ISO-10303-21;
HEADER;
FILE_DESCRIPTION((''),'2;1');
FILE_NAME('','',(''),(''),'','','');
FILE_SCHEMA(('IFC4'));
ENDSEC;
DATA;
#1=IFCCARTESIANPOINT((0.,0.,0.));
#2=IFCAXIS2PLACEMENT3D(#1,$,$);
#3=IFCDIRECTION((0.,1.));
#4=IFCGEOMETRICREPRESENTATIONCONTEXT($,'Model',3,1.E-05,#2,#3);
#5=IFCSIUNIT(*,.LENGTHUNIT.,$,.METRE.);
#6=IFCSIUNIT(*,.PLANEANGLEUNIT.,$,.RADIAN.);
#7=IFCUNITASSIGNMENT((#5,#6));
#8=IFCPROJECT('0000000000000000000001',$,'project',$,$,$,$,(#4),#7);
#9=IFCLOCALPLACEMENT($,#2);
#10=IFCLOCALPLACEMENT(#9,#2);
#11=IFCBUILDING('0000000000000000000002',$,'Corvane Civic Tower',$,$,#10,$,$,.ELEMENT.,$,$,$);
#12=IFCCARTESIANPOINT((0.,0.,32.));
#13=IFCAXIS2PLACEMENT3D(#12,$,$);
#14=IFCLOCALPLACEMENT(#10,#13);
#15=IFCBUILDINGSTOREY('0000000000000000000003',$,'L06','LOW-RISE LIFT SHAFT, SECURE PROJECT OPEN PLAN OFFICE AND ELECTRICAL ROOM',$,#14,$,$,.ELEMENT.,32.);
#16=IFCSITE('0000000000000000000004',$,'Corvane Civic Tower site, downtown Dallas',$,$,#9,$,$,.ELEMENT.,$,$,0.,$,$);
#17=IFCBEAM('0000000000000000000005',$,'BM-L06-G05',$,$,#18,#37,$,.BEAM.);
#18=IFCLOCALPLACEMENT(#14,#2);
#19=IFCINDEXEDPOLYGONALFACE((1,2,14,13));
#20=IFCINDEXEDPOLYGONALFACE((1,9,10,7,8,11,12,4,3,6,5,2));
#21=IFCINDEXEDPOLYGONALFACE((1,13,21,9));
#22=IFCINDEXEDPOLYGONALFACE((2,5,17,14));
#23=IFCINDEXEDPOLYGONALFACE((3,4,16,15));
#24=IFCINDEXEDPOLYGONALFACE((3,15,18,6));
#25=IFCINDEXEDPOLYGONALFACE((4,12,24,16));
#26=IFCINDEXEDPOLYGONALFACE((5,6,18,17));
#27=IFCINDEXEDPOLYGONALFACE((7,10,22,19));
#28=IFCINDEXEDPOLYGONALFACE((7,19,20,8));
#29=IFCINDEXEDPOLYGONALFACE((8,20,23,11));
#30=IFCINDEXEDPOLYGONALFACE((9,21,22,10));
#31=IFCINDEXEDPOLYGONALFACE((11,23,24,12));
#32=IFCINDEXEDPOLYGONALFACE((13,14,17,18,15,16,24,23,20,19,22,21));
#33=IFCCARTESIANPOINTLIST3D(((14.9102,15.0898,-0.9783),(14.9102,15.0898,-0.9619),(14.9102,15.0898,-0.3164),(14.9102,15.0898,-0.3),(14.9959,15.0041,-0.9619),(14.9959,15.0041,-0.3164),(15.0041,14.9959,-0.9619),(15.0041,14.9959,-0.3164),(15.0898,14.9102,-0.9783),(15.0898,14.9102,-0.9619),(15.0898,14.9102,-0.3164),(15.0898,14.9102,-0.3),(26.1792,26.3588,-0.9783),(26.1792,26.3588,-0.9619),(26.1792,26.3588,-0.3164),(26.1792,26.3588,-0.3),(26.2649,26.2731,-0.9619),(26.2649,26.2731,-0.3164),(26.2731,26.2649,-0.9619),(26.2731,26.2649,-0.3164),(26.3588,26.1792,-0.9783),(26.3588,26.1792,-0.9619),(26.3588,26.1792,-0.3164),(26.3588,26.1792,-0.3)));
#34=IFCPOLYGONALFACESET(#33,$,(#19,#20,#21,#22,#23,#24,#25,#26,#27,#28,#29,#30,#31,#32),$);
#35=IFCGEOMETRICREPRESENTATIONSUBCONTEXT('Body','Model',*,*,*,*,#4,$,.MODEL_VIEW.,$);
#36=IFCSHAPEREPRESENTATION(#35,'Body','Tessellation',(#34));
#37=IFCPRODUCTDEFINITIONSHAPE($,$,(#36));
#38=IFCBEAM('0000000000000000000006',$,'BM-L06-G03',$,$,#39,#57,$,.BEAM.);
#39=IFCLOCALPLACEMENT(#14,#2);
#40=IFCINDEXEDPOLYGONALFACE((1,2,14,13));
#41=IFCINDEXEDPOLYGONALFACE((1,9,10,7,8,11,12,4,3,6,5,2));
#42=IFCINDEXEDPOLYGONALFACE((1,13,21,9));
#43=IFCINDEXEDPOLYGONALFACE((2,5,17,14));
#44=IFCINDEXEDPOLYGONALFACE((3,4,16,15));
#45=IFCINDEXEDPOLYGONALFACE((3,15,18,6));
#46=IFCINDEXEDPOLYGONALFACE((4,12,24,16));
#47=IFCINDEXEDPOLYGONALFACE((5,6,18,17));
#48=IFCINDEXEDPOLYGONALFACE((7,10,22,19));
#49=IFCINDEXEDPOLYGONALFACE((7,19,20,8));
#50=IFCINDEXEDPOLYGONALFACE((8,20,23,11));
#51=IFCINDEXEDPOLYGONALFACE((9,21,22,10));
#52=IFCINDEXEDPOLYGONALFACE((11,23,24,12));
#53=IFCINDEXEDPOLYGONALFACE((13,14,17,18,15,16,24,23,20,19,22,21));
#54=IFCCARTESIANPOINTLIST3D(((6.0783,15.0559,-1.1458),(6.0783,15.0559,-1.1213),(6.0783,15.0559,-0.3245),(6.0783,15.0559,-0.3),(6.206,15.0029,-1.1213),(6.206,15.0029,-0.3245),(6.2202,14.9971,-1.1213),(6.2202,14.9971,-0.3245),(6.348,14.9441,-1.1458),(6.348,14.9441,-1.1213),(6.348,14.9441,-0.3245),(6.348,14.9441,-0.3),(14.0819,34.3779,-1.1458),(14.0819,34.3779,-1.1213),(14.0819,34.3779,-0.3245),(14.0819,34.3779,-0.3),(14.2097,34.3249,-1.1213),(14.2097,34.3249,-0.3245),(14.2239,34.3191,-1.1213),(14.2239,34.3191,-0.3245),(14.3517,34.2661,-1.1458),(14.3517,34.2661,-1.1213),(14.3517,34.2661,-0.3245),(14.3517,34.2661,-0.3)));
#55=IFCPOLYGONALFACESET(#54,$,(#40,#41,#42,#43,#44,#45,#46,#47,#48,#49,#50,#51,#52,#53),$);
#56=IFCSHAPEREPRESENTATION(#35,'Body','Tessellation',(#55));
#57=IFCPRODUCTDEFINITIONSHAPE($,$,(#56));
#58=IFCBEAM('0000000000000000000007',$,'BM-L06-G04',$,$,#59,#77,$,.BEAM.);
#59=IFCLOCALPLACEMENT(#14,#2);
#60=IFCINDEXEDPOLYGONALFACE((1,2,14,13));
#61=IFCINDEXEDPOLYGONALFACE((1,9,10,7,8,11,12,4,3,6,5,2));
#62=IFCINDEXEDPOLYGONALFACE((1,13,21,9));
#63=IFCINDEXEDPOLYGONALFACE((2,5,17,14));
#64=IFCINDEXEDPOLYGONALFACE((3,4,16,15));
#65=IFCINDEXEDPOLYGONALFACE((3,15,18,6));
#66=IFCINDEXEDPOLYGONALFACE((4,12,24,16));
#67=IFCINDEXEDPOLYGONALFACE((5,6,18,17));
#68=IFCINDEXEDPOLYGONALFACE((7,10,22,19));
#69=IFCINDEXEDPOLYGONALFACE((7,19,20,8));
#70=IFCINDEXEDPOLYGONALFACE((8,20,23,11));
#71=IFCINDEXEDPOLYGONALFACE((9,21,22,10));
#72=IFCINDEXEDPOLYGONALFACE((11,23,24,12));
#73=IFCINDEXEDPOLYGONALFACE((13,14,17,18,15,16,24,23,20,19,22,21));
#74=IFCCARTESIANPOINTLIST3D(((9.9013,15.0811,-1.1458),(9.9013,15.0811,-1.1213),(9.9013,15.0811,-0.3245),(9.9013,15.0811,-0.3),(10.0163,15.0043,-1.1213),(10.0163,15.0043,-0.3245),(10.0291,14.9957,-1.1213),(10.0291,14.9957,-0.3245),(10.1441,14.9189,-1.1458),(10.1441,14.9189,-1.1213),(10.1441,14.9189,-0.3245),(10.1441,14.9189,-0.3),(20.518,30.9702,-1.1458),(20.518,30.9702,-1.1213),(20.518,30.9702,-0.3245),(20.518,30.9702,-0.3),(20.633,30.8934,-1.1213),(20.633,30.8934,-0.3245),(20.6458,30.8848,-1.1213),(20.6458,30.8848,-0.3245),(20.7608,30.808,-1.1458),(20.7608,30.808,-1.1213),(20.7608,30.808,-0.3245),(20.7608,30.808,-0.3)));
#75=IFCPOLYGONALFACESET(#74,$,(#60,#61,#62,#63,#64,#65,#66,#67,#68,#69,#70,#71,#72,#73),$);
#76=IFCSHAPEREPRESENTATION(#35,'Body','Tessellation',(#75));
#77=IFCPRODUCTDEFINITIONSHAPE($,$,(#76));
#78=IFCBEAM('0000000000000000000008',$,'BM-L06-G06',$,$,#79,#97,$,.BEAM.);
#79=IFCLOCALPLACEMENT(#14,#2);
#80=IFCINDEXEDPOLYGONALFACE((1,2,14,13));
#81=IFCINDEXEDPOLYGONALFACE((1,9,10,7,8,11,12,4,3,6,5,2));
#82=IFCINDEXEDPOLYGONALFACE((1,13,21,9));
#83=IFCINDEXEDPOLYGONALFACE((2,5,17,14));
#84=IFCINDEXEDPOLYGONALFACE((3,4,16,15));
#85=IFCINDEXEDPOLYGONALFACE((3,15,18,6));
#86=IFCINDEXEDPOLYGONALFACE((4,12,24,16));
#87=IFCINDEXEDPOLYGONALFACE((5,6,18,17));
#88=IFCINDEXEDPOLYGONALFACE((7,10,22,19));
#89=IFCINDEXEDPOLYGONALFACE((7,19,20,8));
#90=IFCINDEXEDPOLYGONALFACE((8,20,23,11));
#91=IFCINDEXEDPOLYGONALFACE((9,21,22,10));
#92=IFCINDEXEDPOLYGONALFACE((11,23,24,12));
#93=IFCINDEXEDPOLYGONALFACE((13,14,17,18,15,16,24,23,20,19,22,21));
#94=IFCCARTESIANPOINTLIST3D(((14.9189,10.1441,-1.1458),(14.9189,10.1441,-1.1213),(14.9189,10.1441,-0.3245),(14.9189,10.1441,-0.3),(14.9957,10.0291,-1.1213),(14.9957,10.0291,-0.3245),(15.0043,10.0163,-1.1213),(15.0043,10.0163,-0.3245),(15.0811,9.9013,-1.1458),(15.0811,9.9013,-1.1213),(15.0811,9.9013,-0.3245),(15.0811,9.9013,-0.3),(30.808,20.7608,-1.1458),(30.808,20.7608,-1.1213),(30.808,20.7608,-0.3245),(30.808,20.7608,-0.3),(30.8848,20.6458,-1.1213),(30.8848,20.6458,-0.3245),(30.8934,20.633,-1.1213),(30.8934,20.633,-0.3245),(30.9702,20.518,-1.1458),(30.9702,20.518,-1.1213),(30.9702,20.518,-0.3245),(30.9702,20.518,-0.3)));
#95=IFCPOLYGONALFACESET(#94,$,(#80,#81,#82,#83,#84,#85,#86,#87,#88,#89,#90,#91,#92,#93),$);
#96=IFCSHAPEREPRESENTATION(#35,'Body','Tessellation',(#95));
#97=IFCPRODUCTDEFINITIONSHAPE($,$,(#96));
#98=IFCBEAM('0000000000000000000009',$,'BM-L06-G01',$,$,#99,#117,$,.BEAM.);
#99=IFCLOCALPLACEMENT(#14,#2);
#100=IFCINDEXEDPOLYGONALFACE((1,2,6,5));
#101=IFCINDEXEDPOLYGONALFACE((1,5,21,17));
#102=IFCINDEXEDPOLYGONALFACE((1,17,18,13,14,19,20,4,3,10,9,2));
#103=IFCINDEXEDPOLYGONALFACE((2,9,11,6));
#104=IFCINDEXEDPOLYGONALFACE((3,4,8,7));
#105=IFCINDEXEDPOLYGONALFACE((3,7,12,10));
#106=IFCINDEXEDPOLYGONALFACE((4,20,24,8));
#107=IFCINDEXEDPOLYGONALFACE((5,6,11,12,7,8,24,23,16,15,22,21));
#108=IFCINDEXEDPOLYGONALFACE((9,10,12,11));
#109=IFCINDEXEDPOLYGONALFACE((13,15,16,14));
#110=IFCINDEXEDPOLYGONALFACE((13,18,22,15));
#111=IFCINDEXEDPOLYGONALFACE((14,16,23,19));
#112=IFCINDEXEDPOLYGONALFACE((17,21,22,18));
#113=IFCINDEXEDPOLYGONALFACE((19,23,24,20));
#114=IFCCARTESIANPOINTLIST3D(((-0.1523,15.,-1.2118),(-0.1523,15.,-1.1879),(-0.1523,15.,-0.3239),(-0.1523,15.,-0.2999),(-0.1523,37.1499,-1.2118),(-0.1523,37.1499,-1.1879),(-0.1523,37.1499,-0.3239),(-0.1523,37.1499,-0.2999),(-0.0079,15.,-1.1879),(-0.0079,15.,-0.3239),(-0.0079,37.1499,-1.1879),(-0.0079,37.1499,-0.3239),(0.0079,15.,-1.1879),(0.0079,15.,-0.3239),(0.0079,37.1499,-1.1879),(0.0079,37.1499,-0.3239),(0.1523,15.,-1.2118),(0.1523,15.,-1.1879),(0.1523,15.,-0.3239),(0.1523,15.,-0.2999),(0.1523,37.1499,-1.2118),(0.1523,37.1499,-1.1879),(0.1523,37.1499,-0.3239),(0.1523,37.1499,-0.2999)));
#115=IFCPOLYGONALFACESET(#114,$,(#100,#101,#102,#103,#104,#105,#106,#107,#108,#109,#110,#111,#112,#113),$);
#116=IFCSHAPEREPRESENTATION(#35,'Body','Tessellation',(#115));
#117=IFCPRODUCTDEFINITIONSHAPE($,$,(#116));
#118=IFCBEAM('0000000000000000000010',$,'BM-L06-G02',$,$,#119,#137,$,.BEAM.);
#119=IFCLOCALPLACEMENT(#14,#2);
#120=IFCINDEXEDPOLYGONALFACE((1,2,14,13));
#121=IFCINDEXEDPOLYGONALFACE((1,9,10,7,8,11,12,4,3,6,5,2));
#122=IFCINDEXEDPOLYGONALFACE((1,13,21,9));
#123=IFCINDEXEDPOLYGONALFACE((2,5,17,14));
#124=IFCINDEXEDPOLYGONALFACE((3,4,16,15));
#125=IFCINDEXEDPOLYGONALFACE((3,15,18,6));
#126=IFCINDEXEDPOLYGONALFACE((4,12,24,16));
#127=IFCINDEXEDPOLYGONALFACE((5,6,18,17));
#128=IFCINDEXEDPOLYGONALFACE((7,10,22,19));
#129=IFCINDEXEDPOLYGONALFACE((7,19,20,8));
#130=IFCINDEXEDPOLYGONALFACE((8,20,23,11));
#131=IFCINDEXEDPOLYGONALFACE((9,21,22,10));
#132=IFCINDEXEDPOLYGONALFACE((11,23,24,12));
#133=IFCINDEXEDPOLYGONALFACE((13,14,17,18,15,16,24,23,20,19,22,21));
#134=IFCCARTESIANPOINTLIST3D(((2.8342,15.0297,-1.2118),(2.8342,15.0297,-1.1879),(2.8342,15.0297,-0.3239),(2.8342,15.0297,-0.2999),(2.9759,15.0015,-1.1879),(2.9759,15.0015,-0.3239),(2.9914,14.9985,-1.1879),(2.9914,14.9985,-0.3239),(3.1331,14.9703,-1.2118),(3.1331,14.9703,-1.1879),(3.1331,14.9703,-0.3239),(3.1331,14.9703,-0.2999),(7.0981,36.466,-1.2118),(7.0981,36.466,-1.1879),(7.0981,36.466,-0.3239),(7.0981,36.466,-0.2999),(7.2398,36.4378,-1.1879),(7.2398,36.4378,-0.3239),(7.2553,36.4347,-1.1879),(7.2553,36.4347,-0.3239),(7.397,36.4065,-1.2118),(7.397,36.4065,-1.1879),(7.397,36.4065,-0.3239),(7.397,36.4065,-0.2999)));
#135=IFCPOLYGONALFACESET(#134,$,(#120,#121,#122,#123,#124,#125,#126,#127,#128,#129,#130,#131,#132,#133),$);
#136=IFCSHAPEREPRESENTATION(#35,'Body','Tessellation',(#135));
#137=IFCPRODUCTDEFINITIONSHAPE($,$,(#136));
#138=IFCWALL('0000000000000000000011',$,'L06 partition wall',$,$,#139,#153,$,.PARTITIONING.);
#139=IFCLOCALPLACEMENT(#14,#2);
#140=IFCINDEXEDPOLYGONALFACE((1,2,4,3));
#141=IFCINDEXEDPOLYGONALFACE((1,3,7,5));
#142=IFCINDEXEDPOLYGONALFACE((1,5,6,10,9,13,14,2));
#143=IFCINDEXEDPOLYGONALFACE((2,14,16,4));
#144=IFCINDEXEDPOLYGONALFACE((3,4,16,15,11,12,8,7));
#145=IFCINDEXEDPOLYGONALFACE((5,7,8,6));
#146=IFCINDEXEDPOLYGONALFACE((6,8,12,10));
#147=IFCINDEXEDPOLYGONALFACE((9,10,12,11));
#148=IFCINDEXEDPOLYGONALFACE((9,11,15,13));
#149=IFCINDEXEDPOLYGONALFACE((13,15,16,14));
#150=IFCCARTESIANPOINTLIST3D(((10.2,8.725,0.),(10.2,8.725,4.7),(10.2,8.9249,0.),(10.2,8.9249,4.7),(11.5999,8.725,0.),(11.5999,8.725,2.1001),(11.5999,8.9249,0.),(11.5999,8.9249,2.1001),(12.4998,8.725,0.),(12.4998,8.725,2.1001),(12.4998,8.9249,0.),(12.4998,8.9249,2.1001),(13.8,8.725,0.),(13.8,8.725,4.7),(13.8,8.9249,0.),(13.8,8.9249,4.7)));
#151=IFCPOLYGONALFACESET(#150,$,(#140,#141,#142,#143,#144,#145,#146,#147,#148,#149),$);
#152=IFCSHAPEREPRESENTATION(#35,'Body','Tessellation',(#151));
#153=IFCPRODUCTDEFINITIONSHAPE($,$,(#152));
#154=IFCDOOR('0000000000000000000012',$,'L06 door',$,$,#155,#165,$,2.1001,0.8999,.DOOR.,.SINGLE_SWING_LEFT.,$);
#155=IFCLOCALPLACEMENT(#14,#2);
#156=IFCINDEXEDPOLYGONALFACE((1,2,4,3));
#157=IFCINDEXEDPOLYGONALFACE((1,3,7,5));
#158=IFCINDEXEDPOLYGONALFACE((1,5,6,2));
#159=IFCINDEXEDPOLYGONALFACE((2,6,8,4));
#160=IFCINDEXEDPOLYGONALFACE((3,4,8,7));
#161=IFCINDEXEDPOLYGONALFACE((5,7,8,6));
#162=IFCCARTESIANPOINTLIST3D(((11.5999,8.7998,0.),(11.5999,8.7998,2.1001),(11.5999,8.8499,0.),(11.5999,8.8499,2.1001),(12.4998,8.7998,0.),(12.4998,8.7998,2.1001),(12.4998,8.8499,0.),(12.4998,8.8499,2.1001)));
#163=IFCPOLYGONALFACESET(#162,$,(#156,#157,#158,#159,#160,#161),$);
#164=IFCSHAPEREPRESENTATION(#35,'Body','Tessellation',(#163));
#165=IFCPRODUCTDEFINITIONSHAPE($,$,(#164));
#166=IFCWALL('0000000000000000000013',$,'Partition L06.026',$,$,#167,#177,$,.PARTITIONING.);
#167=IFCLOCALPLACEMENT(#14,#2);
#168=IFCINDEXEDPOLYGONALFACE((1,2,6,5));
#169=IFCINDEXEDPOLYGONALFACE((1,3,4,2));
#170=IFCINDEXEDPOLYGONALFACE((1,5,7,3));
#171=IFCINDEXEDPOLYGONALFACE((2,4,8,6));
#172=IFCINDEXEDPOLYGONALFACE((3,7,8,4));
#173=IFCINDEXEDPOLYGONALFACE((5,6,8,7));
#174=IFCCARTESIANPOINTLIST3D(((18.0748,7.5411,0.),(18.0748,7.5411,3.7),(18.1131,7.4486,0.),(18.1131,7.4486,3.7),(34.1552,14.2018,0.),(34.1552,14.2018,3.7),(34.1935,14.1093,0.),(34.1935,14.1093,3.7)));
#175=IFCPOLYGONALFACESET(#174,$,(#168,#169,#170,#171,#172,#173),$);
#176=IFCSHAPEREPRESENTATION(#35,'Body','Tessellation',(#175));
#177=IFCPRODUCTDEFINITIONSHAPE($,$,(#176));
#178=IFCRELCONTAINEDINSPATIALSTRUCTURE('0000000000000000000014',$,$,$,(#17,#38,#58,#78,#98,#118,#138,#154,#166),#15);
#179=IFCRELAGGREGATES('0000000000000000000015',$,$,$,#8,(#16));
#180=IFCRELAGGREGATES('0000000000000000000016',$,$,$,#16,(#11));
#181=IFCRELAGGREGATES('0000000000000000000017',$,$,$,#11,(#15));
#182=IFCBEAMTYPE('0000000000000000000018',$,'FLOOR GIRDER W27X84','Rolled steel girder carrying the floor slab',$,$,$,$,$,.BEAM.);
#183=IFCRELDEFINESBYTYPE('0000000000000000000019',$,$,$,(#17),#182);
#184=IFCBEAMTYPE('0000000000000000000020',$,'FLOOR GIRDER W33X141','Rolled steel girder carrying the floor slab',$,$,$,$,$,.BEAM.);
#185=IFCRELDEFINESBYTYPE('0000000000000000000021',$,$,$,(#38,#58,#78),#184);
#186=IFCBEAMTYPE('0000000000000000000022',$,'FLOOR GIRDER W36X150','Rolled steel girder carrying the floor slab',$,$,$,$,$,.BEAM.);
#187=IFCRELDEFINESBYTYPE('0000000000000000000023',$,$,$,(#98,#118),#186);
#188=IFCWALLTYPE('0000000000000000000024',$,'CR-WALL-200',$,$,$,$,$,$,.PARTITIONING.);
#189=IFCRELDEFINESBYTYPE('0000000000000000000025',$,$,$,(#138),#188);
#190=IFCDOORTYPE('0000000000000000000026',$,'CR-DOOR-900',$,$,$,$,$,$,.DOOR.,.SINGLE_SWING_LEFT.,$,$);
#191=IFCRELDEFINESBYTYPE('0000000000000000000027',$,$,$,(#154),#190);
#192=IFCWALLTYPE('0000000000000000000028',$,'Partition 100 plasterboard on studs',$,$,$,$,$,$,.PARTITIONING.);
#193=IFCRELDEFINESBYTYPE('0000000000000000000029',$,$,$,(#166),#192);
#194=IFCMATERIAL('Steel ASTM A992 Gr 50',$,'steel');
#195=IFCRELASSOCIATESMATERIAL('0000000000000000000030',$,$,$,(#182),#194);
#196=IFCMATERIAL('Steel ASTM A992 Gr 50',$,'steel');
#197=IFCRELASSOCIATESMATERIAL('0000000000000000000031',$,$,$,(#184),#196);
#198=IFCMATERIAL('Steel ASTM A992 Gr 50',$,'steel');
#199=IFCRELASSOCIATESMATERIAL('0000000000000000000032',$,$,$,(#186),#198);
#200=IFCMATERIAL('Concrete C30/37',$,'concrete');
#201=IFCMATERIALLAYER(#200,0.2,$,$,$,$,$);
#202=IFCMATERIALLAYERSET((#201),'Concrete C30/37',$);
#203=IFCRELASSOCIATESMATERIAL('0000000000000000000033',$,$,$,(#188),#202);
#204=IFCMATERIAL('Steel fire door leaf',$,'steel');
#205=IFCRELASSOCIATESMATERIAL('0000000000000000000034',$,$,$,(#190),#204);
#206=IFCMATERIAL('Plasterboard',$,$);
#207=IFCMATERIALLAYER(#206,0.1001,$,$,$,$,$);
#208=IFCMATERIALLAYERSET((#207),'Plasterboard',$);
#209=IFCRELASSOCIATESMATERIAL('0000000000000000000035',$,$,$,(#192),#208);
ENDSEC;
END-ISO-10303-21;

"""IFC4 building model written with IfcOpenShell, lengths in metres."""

from ifc_helpers import new_model, si_unit, direction, frame, frame_2d, origin, origin_2d, place, context, subcontext, project, spatial, rectangle, i_section, extrude, material, layer, layer_set, material_profile, profile_set, type_object, element, fill, save


model = new_model("IFC4")

# Units and contexts
model_context = context("Model", 3, precision=1e-05, world=origin(), true_north=direction((0.0, 1.0)))
body_context = subcontext(model_context, "Body", "Model", "MODEL_VIEW")
ifc_project = project(units=[si_unit("LENGTHUNIT", "METRE"), si_unit("PLANEANGLEUNIT", "RADIAN")], contexts=[model_context])

# Site, building, storey
site_placement = place(None, origin())
site = spatial("IfcSite", under=ifc_project, at=site_placement, Name="Corvane Civic Tower site, downtown Dallas", CompositionType="ELEMENT", RefElevation=0.0)
building_placement = place(site_placement, origin())
building = spatial("IfcBuilding", under=site, at=building_placement, Name="Corvane Civic Tower", CompositionType="ELEMENT")
storey_placement = place(building_placement, frame((0.0, 0.0, 32.0)))
storey = spatial("IfcBuildingStorey", under=building, at=storey_placement, Name="L06", Description="LOW-RISE LIFT SHAFT, SECURE PROJECT OPEN PLAN OFFICE AND ELECTRICAL ROOM", CompositionType="ELEMENT", Elevation=32.0)

# Beams
ifc_material_1 = material(Name="Steel ASTM A992 Gr 50", Category="steel")
ifc_material_profile_1 = material_profile(ifc_material_1, i_section(OverallWidth=0.2539, OverallDepth=0.6782, WebThickness=0.0117, FlangeThickness=0.0164, at=origin_2d()), Name="W27X84")
ifc_profile_set_1 = profile_set([ifc_material_profile_1], Name="Steel ASTM A992 Gr 50")
beam_type_1 = type_object("IfcBeamType", Name="FLOOR GIRDER W27X84", Description="Rolled steel girder carrying the floor slab", PredefinedType="BEAM", material=ifc_profile_set_1)
beam_1_placement = place(storey_placement, frame((15.0, 15.0, -0.6392), z_axis=(0.707107, 0.707107, 0.0), x_axis=(-0.707107, 0.707107, 0.0)))
element("IfcBeam", 1, at=beam_1_placement, inside=storey, type_object=beam_type_1, Name="BM-L06-G05", PredefinedType="BEAM", context=body_context, shape_type="SweptSolid", body=[
    extrude(i_section(OverallWidth=0.2539, OverallDepth=0.6782, WebThickness=0.0117, FlangeThickness=0.0164, at=origin_2d()), origin(), (0.0, 0.0, 1.0), 15.9368),
])
ifc_material_2 = material(Name="Steel ASTM A992 Gr 50", Category="steel")
ifc_material_profile_2 = material_profile(ifc_material_2, i_section(OverallWidth=0.292, OverallDepth=0.8457, WebThickness=0.0154, FlangeThickness=0.0244, at=origin_2d()), Name="W33X141")
ifc_profile_set_2 = profile_set([ifc_material_profile_2], Name="Steel ASTM A992 Gr 50")
beam_type_2 = type_object("IfcBeamType", Name="FLOOR GIRDER W33X141", Description="Rolled steel girder carrying the floor slab", PredefinedType="BEAM", material=ifc_profile_set_2)
beam_2_placement = place(storey_placement, frame((6.2131, 15.0, -0.7229), z_axis=(0.382692, 0.923876, 0.0), x_axis=(-0.923876, 0.382692, 0.0)))
element("IfcBeam", 2, at=beam_2_placement, inside=storey, type_object=beam_type_2, Name="BM-L06-G03", PredefinedType="BEAM", context=body_context, shape_type="SweptSolid", body=[
    extrude(i_section(OverallWidth=0.292, OverallDepth=0.8457, WebThickness=0.0154, FlangeThickness=0.0244, at=origin_2d()), origin(), (0.0, 0.0, 1.0), 20.9141),
])
for number, where, z_axis, x_axis, name in (
    (3, (10.0227, 15.0, -0.7229), (0.555567, 0.831472, 0.0), (-0.831472, 0.555567, 0.0), "BM-L06-G04"),
    (4, (15.0, 10.0227, -0.7229), (0.831472, 0.555567, 0.0), (-0.555567, 0.831472, 0.0), "BM-L06-G06"),
):
    element("IfcBeam", number, at=place(storey_placement, frame(where, z_axis=z_axis, x_axis=x_axis)), inside=storey, type_object=beam_type_2, Name=name, PredefinedType="BEAM", context=body_context, shape_type="SweptSolid", body=[
        extrude(i_section(OverallWidth=0.292, OverallDepth=0.8457, WebThickness=0.0154, FlangeThickness=0.0244, at=origin_2d()), origin(), (0.0, 0.0, 1.0), 19.1096),
    ])
ifc_material_3 = material(Name="Steel ASTM A992 Gr 50", Category="steel")
ifc_material_profile_3 = material_profile(ifc_material_3, i_section(OverallWidth=0.3047, OverallDepth=0.9119, WebThickness=0.0159, FlangeThickness=0.0239, at=origin_2d()), Name="W36X150")
ifc_profile_set_3 = profile_set([ifc_material_profile_3], Name="Steel ASTM A992 Gr 50")
beam_type_3 = type_object("IfcBeamType", Name="FLOOR GIRDER W36X150", Description="Rolled steel girder carrying the floor slab", PredefinedType="BEAM", material=ifc_profile_set_3)
beam_3_placement = place(storey_placement, frame((0.0, 15.0, -0.7559), z_axis=(0.0, 1.0, 0.0), x_axis=(-1.0, 0.0, 0.0)))
element("IfcBeam", 5, at=beam_3_placement, inside=storey, type_object=beam_type_3, Name="BM-L06-G01", PredefinedType="BEAM", context=body_context, shape_type="SweptSolid", body=[
    extrude(i_section(OverallWidth=0.3047, OverallDepth=0.9119, WebThickness=0.0159, FlangeThickness=0.0239, at=origin_2d()), origin(), (0.0, 0.0, 1.0), 22.1499),
])
beam_4_placement = place(storey_placement, frame((2.9836, 15.0, -0.7559), z_axis=(0.195089, 0.980785, 0.0), x_axis=(-0.980785, 0.195089, 0.0)))
element("IfcBeam", 6, at=beam_4_placement, inside=storey, type_object=beam_type_3, Name="BM-L06-G02", PredefinedType="BEAM", context=body_context, shape_type="SweptSolid", body=[
    extrude(i_section(OverallWidth=0.3047, OverallDepth=0.9119, WebThickness=0.0159, FlangeThickness=0.0239, at=origin_2d()), origin(), (0.0, 0.0, 1.0), 21.8562),
])

# Wall, opening, door
ifc_material_4 = material(Name="Concrete C30/37", Category="concrete")
ifc_layer_1 = layer(ifc_material_4, 0.2)
ifc_layer_set_1 = layer_set([ifc_layer_1], Name="Concrete C30/37")
wall_type_1 = type_object("IfcWallType", Name="CR-WALL-200", PredefinedType="PARTITIONING", material=ifc_layer_set_1)
wall_1_placement = place(storey_placement, frame((10.2, 8.825, 0.0), z_axis=(0.0, 0.0, 1.0), x_axis=(1.0, 0.0, 0.0)))
wall_1 = element("IfcWall", 7, at=wall_1_placement, inside=storey, type_object=wall_type_1, Name="L06 partition wall", PredefinedType="PARTITIONING", context=body_context, shape_type="SweptSolid", body=[
    extrude(rectangle(XDim=3.6001, YDim=0.2, at=frame_2d((1.8, 0.0))), origin(), (0.0, 0.0, 1.0), 4.7),
])
opening_1_placement = place(wall_1_placement, frame((1.3999, 0.0, 0.0)))
opening_1 = element("IfcOpeningElement", 8, at=opening_1_placement, cuts=wall_1, PredefinedType="OPENING", context=body_context, shape_type="SweptSolid", body=[
    extrude(rectangle(XDim=0.8999, YDim=2.1001, at=frame_2d((0.45, 1.05))), frame((0.0, 0.1099, 0.0), z_axis=(0.0, -1.0, 0.0), x_axis=(1.0, 0.0, 0.0)), (0.0, 0.0, 1.0), 0.22),
])
ifc_material_5 = material(Name="Steel fire door leaf", Category="steel")
door_type_1 = type_object("IfcDoorType", Name="CR-DOOR-900", OperationType="SINGLE_SWING_LEFT", PredefinedType="DOOR", material=ifc_material_5)
door_1_placement = place(opening_1_placement, origin())
door_1 = element("IfcDoor", 9, at=door_1_placement, inside=storey, type_object=door_type_1, Name="L06 door", OperationType="SINGLE_SWING_LEFT", OverallHeight=2.1001, OverallWidth=0.8999, PredefinedType="DOOR", context=body_context, shape_type="SweptSolid", body=[
    extrude(rectangle(XDim=0.8999, YDim=2.1001, at=frame_2d((0.45, 1.05))), frame((0.0, 0.0249, 0.0), z_axis=(0.0, -1.0, 0.0), x_axis=(1.0, 0.0, 0.0)), (0.0, 0.0, 1.0), 0.05),
])
fill(opening_1, door_1)

# Wall
ifc_material_6 = material(Name="Plasterboard")
ifc_layer_2 = layer(ifc_material_6, 0.1001)
ifc_layer_set_2 = layer_set([ifc_layer_2], Name="Plasterboard")
wall_type_2 = type_object("IfcWallType", Name="Partition 100 plasterboard on studs", PredefinedType="PARTITIONING", material=ifc_layer_set_2)
wall_2_placement = place(storey_placement, frame((18.094, 7.4949, 0.0), z_axis=(0.0, 0.0, 1.0), x_axis=(0.92388, 0.382681, 0.0)))
element("IfcWall", 10, at=wall_2_placement, inside=storey, type_object=wall_type_2, Name="Partition L06.026", PredefinedType="PARTITIONING", context=body_context, shape_type="SweptSolid", body=[
    extrude(rectangle(XDim=17.4053, YDim=0.1001, at=frame_2d((8.7026, 0.0))), origin(), (0.0, 0.0, 1.0), 3.7),
])

save(model, "model.ifc")
